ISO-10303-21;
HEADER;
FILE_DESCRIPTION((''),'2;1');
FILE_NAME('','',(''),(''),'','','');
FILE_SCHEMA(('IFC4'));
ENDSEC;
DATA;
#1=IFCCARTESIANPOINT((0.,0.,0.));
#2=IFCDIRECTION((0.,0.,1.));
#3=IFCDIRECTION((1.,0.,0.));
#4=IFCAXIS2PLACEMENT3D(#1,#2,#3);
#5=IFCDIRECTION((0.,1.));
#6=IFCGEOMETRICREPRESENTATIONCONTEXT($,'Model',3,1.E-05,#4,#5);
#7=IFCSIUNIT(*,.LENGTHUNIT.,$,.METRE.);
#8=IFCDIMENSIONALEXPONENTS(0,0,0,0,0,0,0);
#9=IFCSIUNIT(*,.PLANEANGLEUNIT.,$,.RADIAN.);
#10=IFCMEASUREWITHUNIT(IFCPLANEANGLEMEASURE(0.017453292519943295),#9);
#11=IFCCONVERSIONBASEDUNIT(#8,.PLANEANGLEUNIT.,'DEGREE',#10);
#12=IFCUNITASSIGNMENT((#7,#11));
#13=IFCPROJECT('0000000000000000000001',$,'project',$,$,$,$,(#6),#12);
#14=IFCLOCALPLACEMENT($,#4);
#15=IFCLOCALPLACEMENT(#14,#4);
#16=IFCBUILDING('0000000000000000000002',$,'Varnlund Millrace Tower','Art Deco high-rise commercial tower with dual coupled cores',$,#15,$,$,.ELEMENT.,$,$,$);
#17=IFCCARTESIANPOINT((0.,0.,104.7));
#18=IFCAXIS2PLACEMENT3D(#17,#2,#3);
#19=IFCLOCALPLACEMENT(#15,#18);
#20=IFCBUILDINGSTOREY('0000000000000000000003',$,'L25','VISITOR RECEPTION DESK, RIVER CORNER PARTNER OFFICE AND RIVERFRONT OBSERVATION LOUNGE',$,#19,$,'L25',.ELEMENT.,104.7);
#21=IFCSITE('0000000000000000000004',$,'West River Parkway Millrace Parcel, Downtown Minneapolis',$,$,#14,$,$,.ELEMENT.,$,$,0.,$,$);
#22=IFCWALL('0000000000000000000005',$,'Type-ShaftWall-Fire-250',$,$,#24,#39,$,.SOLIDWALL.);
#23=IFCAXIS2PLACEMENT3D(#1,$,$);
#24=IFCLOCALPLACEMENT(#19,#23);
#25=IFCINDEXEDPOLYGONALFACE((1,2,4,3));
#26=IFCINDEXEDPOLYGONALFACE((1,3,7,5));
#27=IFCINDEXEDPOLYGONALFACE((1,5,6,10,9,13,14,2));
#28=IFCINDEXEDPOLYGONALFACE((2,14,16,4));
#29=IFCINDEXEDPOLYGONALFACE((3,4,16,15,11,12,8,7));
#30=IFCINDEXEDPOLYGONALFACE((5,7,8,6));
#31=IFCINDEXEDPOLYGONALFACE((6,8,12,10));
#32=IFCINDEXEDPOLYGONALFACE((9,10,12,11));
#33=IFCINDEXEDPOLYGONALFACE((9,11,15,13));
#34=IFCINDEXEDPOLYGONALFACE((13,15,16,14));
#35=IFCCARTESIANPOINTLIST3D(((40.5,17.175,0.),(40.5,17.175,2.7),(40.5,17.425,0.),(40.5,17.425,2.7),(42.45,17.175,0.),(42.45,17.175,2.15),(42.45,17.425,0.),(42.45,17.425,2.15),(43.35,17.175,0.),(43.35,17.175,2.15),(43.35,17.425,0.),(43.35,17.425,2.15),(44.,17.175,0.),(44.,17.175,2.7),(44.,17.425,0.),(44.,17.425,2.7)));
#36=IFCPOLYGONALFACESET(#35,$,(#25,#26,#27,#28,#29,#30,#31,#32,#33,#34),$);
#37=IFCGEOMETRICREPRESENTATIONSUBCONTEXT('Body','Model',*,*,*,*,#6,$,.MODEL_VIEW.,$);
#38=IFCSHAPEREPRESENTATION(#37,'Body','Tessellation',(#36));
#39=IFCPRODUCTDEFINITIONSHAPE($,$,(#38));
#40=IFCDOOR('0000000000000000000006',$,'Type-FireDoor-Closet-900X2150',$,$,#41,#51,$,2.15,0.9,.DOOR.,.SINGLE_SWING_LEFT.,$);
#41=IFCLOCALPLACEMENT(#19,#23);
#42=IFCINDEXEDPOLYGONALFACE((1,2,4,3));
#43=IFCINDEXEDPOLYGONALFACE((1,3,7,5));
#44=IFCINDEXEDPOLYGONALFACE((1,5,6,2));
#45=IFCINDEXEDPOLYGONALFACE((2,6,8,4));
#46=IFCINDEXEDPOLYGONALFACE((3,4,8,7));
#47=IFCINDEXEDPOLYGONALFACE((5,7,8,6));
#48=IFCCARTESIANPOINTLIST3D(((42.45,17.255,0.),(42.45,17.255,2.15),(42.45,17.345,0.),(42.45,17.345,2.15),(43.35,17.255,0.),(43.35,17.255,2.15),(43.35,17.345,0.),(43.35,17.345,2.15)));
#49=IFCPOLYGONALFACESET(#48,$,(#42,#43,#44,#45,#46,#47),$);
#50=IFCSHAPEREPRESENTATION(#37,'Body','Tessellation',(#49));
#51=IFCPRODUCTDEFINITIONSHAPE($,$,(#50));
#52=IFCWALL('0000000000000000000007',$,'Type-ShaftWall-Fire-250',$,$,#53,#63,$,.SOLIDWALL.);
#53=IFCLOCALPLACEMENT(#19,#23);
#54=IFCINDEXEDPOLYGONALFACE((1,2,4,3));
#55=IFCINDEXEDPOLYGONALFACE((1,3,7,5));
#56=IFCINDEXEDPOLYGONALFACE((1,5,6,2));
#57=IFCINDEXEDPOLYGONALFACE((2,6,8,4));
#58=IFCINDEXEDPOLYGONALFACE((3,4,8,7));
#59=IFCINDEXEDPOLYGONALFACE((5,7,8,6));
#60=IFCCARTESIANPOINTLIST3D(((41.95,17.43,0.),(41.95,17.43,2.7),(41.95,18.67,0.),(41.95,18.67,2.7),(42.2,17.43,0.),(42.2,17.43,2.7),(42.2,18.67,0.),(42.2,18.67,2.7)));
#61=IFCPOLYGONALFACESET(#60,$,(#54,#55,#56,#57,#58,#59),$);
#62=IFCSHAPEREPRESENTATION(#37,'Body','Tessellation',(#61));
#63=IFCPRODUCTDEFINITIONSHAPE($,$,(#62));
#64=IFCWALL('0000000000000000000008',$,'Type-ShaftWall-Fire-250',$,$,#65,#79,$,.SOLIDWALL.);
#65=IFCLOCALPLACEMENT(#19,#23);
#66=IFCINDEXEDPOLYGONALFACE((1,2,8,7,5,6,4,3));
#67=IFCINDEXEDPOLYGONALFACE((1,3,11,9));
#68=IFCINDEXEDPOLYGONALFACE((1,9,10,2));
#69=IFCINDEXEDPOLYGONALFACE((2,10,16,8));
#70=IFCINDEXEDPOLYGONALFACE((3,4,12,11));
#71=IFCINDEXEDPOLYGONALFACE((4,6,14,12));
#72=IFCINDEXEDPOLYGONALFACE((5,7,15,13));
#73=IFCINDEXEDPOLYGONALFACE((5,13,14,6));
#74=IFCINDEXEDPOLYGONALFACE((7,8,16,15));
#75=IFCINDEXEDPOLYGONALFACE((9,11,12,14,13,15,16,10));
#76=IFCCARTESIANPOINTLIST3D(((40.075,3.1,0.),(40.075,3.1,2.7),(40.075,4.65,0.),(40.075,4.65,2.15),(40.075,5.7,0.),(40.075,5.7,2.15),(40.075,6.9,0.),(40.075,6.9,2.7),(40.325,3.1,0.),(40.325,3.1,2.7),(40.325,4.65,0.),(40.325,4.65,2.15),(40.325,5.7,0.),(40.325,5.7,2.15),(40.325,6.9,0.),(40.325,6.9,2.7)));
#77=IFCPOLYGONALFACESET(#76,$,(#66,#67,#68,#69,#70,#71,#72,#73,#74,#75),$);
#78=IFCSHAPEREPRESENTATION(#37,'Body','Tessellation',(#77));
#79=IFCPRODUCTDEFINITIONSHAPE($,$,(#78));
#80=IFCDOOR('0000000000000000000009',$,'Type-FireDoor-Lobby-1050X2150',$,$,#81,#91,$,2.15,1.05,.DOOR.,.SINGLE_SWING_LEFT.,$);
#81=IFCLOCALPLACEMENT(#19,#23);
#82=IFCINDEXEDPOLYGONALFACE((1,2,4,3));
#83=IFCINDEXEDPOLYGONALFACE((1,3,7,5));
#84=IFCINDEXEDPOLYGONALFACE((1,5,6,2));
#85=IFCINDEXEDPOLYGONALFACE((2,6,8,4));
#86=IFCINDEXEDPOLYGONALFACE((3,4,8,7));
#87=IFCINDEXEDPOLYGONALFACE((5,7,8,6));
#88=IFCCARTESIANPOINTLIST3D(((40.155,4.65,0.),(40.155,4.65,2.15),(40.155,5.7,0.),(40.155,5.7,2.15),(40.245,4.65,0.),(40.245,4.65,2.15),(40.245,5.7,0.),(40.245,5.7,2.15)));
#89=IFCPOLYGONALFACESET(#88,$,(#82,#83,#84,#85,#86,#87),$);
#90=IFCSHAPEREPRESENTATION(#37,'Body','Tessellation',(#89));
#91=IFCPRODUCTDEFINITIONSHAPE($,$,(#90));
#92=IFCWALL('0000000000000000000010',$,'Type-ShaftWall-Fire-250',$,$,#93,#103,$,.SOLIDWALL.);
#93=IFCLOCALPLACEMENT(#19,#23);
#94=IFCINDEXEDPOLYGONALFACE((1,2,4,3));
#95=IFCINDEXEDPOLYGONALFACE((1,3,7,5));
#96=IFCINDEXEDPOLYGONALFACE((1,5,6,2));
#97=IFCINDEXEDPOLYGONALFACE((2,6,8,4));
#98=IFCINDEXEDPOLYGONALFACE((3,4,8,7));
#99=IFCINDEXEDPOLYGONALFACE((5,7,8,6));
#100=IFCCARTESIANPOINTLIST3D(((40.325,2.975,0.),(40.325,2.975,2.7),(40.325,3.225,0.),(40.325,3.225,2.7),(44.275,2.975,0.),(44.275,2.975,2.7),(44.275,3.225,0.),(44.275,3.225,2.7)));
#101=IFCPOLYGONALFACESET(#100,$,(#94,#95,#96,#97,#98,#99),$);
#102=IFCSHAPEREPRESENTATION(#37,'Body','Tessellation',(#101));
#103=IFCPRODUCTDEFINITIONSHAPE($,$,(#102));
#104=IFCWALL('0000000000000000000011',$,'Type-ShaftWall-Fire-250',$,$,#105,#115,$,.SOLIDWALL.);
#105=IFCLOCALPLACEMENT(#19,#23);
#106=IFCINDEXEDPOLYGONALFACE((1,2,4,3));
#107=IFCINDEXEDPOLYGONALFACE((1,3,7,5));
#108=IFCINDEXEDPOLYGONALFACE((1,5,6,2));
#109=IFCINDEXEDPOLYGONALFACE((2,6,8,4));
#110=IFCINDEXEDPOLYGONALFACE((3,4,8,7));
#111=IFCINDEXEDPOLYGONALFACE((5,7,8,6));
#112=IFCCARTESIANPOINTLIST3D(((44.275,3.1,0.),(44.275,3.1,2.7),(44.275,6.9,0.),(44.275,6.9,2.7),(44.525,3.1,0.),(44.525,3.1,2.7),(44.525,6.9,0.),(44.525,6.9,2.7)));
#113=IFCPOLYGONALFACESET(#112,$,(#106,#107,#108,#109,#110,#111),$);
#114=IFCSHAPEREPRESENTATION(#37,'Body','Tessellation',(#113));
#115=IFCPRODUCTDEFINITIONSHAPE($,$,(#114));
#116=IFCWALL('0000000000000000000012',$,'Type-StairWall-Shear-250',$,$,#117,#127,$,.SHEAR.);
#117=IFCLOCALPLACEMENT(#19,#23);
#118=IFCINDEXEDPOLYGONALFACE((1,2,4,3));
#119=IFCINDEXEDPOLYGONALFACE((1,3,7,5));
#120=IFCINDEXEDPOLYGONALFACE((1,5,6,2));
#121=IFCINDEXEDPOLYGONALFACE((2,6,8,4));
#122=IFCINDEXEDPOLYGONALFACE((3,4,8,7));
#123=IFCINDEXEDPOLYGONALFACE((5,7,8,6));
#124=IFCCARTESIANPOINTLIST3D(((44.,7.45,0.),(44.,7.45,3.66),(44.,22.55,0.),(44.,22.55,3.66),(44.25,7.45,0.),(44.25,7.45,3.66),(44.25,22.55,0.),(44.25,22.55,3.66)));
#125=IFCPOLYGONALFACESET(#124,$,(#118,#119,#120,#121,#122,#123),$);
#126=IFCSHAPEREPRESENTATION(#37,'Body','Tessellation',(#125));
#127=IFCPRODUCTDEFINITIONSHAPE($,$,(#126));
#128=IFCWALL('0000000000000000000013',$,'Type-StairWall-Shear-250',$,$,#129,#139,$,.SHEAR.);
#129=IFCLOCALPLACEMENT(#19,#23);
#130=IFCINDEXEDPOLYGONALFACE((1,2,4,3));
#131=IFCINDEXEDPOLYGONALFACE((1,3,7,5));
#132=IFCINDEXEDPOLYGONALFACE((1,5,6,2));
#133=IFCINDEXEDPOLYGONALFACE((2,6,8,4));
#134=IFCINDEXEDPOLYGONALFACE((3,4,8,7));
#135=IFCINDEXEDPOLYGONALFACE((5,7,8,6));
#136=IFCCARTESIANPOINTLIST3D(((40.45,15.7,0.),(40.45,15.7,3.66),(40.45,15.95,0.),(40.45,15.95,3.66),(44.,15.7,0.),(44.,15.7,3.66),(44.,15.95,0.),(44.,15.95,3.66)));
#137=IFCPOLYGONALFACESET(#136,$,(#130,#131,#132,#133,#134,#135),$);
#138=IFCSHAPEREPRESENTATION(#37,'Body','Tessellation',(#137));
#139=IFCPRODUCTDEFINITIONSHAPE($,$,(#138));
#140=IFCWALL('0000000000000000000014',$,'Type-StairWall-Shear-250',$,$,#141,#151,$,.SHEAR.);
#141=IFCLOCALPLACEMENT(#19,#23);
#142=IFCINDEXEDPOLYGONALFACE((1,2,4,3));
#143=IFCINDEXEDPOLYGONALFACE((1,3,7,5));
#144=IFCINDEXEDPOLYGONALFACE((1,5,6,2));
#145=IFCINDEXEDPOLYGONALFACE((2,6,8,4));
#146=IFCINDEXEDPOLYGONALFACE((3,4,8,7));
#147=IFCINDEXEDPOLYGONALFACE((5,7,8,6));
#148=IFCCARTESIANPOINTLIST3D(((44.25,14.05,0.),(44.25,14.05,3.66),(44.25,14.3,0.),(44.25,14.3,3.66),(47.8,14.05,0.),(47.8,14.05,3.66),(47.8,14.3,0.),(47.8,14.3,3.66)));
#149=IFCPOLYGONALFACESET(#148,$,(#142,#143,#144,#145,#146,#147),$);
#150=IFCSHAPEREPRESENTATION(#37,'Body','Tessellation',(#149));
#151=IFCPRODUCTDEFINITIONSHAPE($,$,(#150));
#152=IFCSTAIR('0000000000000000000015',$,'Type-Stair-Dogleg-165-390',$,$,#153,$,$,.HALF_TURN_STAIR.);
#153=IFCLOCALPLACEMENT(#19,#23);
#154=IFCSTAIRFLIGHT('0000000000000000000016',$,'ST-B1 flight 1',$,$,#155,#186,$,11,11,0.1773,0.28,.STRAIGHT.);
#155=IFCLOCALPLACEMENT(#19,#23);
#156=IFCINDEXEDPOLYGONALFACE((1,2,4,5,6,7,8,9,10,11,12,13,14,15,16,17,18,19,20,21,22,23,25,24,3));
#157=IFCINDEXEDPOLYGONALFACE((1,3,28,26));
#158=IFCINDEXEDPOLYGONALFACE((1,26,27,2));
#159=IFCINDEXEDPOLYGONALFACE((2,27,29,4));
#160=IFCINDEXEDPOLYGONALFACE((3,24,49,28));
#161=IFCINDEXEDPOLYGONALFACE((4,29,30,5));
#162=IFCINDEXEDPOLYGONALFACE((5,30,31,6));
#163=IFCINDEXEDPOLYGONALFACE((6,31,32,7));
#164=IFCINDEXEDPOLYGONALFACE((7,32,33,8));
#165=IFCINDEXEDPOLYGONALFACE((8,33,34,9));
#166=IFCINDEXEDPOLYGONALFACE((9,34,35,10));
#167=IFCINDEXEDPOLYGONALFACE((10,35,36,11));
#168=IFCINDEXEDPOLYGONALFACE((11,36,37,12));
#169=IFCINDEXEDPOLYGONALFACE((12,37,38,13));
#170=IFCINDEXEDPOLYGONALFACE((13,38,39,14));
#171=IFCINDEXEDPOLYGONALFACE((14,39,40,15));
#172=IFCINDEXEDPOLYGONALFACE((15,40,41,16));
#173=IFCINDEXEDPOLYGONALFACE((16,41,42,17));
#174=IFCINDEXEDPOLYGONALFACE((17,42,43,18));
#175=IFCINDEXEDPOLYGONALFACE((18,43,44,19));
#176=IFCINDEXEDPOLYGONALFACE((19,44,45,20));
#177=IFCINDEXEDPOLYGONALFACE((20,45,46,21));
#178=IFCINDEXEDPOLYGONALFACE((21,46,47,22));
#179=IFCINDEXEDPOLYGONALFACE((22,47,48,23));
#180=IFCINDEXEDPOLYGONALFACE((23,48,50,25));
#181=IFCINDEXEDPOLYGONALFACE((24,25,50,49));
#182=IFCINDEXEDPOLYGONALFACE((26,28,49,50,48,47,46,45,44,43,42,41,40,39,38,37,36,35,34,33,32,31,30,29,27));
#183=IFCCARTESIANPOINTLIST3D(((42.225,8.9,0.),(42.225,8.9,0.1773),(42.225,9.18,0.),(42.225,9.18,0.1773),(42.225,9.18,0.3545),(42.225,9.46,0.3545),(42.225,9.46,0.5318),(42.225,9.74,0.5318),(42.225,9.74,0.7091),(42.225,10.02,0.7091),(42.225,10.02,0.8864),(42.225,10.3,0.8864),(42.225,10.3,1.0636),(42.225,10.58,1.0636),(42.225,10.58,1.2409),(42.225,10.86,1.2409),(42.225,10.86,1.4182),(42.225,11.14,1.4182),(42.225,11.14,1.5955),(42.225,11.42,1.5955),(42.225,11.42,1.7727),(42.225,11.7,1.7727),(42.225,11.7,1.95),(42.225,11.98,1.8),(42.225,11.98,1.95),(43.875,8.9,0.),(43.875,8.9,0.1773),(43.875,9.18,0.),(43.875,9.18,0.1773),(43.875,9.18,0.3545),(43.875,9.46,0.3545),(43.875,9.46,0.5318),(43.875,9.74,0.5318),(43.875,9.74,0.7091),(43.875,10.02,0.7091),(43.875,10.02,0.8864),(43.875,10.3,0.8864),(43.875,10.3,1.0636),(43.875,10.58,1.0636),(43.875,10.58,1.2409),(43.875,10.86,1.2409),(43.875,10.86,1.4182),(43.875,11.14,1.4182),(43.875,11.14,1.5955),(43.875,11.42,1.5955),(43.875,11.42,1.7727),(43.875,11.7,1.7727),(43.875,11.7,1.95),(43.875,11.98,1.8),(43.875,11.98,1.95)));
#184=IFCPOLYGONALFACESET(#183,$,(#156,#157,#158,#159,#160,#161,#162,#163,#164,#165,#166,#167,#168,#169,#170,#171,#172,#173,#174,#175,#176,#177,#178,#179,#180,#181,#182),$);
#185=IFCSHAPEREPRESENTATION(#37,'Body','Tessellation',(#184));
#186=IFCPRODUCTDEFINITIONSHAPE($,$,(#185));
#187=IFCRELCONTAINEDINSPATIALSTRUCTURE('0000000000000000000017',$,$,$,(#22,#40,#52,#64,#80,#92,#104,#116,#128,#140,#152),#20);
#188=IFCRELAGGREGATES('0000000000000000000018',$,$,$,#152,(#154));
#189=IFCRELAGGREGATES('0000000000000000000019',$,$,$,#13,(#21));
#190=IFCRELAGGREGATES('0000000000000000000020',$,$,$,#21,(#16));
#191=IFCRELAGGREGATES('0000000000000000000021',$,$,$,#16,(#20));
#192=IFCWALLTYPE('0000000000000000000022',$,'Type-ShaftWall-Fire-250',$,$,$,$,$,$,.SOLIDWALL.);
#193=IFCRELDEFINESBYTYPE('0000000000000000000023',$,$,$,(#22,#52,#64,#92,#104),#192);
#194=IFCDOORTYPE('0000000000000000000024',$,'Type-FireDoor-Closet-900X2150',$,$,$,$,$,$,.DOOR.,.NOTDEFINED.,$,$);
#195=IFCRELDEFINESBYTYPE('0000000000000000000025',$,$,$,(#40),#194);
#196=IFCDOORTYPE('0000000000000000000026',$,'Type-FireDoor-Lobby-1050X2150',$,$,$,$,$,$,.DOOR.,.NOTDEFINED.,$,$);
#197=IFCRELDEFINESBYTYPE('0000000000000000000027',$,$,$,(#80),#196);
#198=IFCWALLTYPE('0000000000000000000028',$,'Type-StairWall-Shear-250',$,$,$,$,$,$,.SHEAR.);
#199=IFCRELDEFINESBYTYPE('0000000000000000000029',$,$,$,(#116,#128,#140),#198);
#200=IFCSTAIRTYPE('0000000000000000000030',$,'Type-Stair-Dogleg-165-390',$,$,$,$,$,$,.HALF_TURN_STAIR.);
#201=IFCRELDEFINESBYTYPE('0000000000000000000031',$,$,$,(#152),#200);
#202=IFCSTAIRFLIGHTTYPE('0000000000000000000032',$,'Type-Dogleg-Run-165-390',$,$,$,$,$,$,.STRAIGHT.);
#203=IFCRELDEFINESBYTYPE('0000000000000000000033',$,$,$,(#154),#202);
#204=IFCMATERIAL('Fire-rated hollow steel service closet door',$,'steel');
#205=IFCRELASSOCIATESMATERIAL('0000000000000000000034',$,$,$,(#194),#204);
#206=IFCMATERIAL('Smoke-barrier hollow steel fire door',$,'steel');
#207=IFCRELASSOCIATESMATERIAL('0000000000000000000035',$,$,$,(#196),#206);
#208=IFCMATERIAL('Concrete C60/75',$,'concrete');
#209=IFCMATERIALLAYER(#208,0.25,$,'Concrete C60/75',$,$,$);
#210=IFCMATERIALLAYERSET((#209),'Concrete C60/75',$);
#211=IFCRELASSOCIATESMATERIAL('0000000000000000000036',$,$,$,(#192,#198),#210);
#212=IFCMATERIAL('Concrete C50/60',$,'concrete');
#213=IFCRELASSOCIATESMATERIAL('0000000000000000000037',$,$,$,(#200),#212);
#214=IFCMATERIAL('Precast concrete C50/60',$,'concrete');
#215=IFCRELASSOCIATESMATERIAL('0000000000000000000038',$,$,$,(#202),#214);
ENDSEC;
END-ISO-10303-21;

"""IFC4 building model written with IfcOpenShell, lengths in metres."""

from ifc_helpers import new_model, entity, si_unit, converted_unit, direction, frame, origin_with_axes, origin_2d_with_axis, place, context, subcontext, project, spatial, polyline, rectangle, outline, extrude, material, layer, layer_set, type_object, element, fill, aggregate, save


model = new_model("IFC4")

# Units and contexts
model_context = context("Model", 3, precision=1e-05, world=origin_with_axes(), true_north=direction((0.0, 1.0)))
body_context = subcontext(model_context, "Body", "Model", "MODEL_VIEW")
ifc_project = project(units=[si_unit("LENGTHUNIT", "METRE"), converted_unit("PLANEANGLEUNIT", "DEGREE", entity("IfcPlaneAngleMeasure", 0.017453292519943295), si_unit("PLANEANGLEUNIT", "RADIAN"), dimensions=[0, 0, 0, 0, 0, 0, 0])], contexts=[model_context])

# Site, building, storey
site_placement = place(None, origin_with_axes())
site = spatial("IfcSite", under=ifc_project, at=site_placement, Name="West River Parkway Millrace Parcel, Downtown Minneapolis", CompositionType="ELEMENT", RefElevation=0.0)
building_placement = place(site_placement, origin_with_axes())
building = spatial("IfcBuilding", under=site, at=building_placement, Name="Varnlund Millrace Tower", Description="Art Deco high-rise commercial tower with dual coupled cores", CompositionType="ELEMENT")
storey_placement = place(building_placement, frame((0.0, 0.0, 104.7), z_axis=(0.0, 0.0, 1.0), x_axis=(1.0, 0.0, 0.0)))
storey = spatial("IfcBuildingStorey", under=building, at=storey_placement, Name="L25", Description="VISITOR RECEPTION DESK, RIVER CORNER PARTNER OFFICE AND RIVERFRONT OBSERVATION LOUNGE", LongName="L25", CompositionType="ELEMENT", Elevation=104.7)

# Shared definitions
ifc_material_1 = material(Name="Fire-rated hollow steel service closet door", Category="steel")
door_type_1 = type_object("IfcDoorType", Name="Type-FireDoor-Closet-900X2150", OperationType="NOTDEFINED", PredefinedType="DOOR", material=ifc_material_1)

# Wall, opening, door
ifc_material_2 = material(Name="Smoke-barrier hollow steel fire door", Category="steel")
door_type_2 = type_object("IfcDoorType", Name="Type-FireDoor-Lobby-1050X2150", OperationType="NOTDEFINED", PredefinedType="DOOR", material=ifc_material_2)
ifc_material_3 = material(Name="Concrete C60/75", Category="concrete")
ifc_layer_1 = layer(ifc_material_3, 0.25, Name="Concrete C60/75")
ifc_layer_set_1 = layer_set([ifc_layer_1], Name="Concrete C60/75")
wall_type_1 = type_object("IfcWallType", Name="Type-ShaftWall-Fire-250", PredefinedType="SOLIDWALL", material=ifc_layer_set_1)
wall_1_placement = place(storey_placement, frame((40.5, 17.3, 0.0), z_axis=(0.0, 0.0, 1.0), x_axis=(1.0, 0.0, 0.0)))
wall_1 = element("IfcWall", 1, at=wall_1_placement, inside=storey, type_object=wall_type_1, Name="Type-ShaftWall-Fire-250", PredefinedType="SOLIDWALL", context=body_context, shape_type="SweptSolid", body=[
    extrude(outline(polyline([(0.0, -0.125), (3.5, -0.125), (3.5, 0.125), (0.0, 0.125), (0.0, -0.125)])), origin_with_axes(), (0.0, 0.0, 1.0), 2.7),
])
opening_1_placement = place(wall_1_placement, frame((2.4, 0.0, 0.0), z_axis=(0.0, 0.0, 1.0), x_axis=(1.0, 0.0, 0.0)))
opening_1 = element("IfcOpeningElement", 2, at=opening_1_placement, cuts=wall_1, PredefinedType="OPENING", context=body_context, shape_type="SweptSolid", body=[
    extrude(rectangle(XDim=0.9, YDim=0.27, at=origin_2d_with_axis()), origin_with_axes(), (0.0, 0.0, 1.0), 2.15),
])
door_1_placement = place(wall_1_placement, frame((2.4, 0.0, 0.0), z_axis=(0.0, 0.0, 1.0), x_axis=(1.0, 0.0, 0.0)))
door_1 = element("IfcDoor", 3, at=door_1_placement, inside=storey, type_object=door_type_1, Name="Type-FireDoor-Closet-900X2150", OperationType="SINGLE_SWING_LEFT", OverallHeight=2.15, OverallWidth=0.9, PredefinedType="DOOR", context=body_context, shape_type="SweptSolid", body=[
    extrude(rectangle(XDim=0.9, YDim=0.09, at=origin_2d_with_axis()), origin_with_axes(), (0.0, 0.0, 1.0), 2.15),
])
fill(opening_1, door_1)

# Wall
wall_2_placement = place(storey_placement, frame((42.075, 17.43, 0.0), z_axis=(0.0, 0.0, 1.0), x_axis=(0.0, 1.0, 0.0)))
element("IfcWall", 4, at=wall_2_placement, inside=storey, type_object=wall_type_1, Name="Type-ShaftWall-Fire-250", PredefinedType="SOLIDWALL", context=body_context, shape_type="SweptSolid", body=[
    extrude(outline(polyline([(0.0, -0.125), (1.24, -0.125), (1.24, 0.125), (0.0, 0.125), (0.0, -0.125)])), origin_with_axes(), (0.0, 0.0, 1.0), 2.7),
])

# Wall, opening, door
wall_3_placement = place(storey_placement, frame((40.2, 3.1, 0.0), z_axis=(0.0, 0.0, 1.0), x_axis=(0.0, 1.0, 0.0)))
wall_3 = element("IfcWall", 5, at=wall_3_placement, inside=storey, type_object=wall_type_1, Name="Type-ShaftWall-Fire-250", PredefinedType="SOLIDWALL", context=body_context, shape_type="SweptSolid", body=[
    extrude(outline(polyline([(0.0, -0.125), (3.8, -0.125), (3.8, 0.125), (0.0, 0.125), (0.0, -0.125)])), origin_with_axes(), (0.0, 0.0, 1.0), 2.7),
])
opening_2_placement = place(wall_3_placement, frame((2.075, 0.0, 0.0), z_axis=(0.0, 0.0, 1.0), x_axis=(1.0, 0.0, 0.0)))
opening_2 = element("IfcOpeningElement", 6, at=opening_2_placement, cuts=wall_3, PredefinedType="OPENING", context=body_context, shape_type="SweptSolid", body=[
    extrude(rectangle(XDim=1.05, YDim=0.27, at=origin_2d_with_axis()), origin_with_axes(), (0.0, 0.0, 1.0), 2.15),
])
door_2_placement = place(wall_3_placement, frame((2.075, 0.0, 0.0), z_axis=(0.0, 0.0, 1.0), x_axis=(1.0, 0.0, 0.0)))
door_2 = element("IfcDoor", 7, at=door_2_placement, inside=storey, type_object=door_type_2, Name="Type-FireDoor-Lobby-1050X2150", OperationType="SINGLE_SWING_LEFT", OverallHeight=2.15, OverallWidth=1.05, PredefinedType="DOOR", context=body_context, shape_type="SweptSolid", body=[
    extrude(rectangle(XDim=1.05, YDim=0.09, at=origin_2d_with_axis()), origin_with_axes(), (0.0, 0.0, 1.0), 2.15),
])
fill(opening_2, door_2)

# Walls
wall_4_placement = place(storey_placement, frame((40.325, 3.1, 0.0), z_axis=(0.0, 0.0, 1.0), x_axis=(1.0, 0.0, 0.0)))
element("IfcWall", 8, at=wall_4_placement, inside=storey, type_object=wall_type_1, Name="Type-ShaftWall-Fire-250", PredefinedType="SOLIDWALL", context=body_context, shape_type="SweptSolid", body=[
    extrude(outline(polyline([(0.0, -0.125), (3.95, -0.125), (3.95, 0.125), (0.0, 0.125), (0.0, -0.125)])), origin_with_axes(), (0.0, 0.0, 1.0), 2.7),
])
wall_5_placement = place(storey_placement, frame((44.4, 3.1, 0.0), z_axis=(0.0, 0.0, 1.0), x_axis=(0.0, 1.0, 0.0)))
element("IfcWall", 9, at=wall_5_placement, inside=storey, type_object=wall_type_1, Name="Type-ShaftWall-Fire-250", PredefinedType="SOLIDWALL", context=body_context, shape_type="SweptSolid", body=[
    extrude(outline(polyline([(0.0, -0.125), (3.8, -0.125), (3.8, 0.125), (0.0, 0.125), (0.0, -0.125)])), origin_with_axes(), (0.0, 0.0, 1.0), 2.7),
])
wall_type_2 = type_object("IfcWallType", Name="Type-StairWall-Shear-250", PredefinedType="SHEAR", material=ifc_layer_set_1)
wall_6_placement = place(storey_placement, frame((44.125, 7.45, 0.0), z_axis=(0.0, 0.0, 1.0), x_axis=(0.0, 1.0, 0.0)))
element("IfcWall", 10, at=wall_6_placement, inside=storey, type_object=wall_type_2, Name="Type-StairWall-Shear-250", PredefinedType="SHEAR", context=body_context, shape_type="SweptSolid", body=[
    extrude(outline(polyline([(0.0, -0.125), (15.1, -0.125), (15.1, 0.125), (0.0, 0.125), (0.0, -0.125)])), origin_with_axes(), (0.0, 0.0, 1.0), 3.66),
])
for number, where, z_axis, x_axis, name in (
    (11, (40.45, 15.825, 0.0), (0.0, 0.0, 1.0), (1.0, 0.0, 0.0), "Type-StairWall-Shear-250"),
    (12, (44.25, 14.175, 0.0), (0.0, 0.0, 1.0), (1.0, 0.0, 0.0), "Type-StairWall-Shear-250"),
):
    element("IfcWall", number, at=place(storey_placement, frame(where, z_axis=z_axis, x_axis=x_axis)), inside=storey, type_object=wall_type_2, Name=name, PredefinedType="SHEAR", context=body_context, shape_type="SweptSolid", body=[
        extrude(outline(polyline([(0.0, -0.125), (3.55, -0.125), (3.55, 0.125), (0.0, 0.125), (0.0, -0.125)])), origin_with_axes(), (0.0, 0.0, 1.0), 3.66),
    ])

# Stair, stair flight
ifc_material_4 = material(Name="Concrete C50/60", Category="concrete")
stair_type_1 = type_object("IfcStairType", Name="Type-Stair-Dogleg-165-390", PredefinedType="HALF_TURN_STAIR", material=ifc_material_4)
stair_1_placement = place(storey_placement, origin_with_axes())
stair_1 = element("IfcStair", 13, at=stair_1_placement, inside=storey, type_object=stair_type_1, Name="Type-Stair-Dogleg-165-390", PredefinedType="HALF_TURN_STAIR")
ifc_material_5 = material(Name="Precast concrete C50/60", Category="concrete")
stair_flight_type_1 = type_object("IfcStairFlightType", Name="Type-Dogleg-Run-165-390", PredefinedType="STRAIGHT", material=ifc_material_5)
stair_flight_1_placement = place(storey_placement, frame((42.225, 8.9, 0.0), z_axis=(1.0, 0.0, 0.0), x_axis=(0.0, 1.0, 0.0)))
stair_flight_1 = element("IfcStairFlight", 14, at=stair_flight_1_placement, type_object=stair_flight_type_1, Name="ST-B1 flight 1", NumberOfRisers=11, NumberOfTreads=11, PredefinedType="STRAIGHT", RiserHeight=0.1773, TreadLength=0.28, context=body_context, shape_type="SweptSolid", body=[
    extrude(outline(polyline([(0.0, 0.0), (0.0, 0.1773), (0.28, 0.1773), (0.28, 0.3545), (0.56, 0.3545), (0.56, 0.5318), (0.84, 0.5318), (0.84, 0.7091), (1.12, 0.7091), (1.12, 0.8864), (1.4, 0.8864), (1.4, 1.0636), (1.68, 1.0636), (1.68, 1.2409), (1.96, 1.2409), (1.96, 1.4182), (2.24, 1.4182), (2.24, 1.5955), (2.52, 1.5955), (2.52, 1.7727), (2.8, 1.7727), (2.8, 1.95), (3.08, 1.95), (3.08, 1.8), (0.28, 0.0), (0.0, 0.0)])), origin_with_axes(), (0.0, 0.0, 1.0), 1.65),
])
aggregate(stair_1, [stair_flight_1])

save(model, "model.ifc")
